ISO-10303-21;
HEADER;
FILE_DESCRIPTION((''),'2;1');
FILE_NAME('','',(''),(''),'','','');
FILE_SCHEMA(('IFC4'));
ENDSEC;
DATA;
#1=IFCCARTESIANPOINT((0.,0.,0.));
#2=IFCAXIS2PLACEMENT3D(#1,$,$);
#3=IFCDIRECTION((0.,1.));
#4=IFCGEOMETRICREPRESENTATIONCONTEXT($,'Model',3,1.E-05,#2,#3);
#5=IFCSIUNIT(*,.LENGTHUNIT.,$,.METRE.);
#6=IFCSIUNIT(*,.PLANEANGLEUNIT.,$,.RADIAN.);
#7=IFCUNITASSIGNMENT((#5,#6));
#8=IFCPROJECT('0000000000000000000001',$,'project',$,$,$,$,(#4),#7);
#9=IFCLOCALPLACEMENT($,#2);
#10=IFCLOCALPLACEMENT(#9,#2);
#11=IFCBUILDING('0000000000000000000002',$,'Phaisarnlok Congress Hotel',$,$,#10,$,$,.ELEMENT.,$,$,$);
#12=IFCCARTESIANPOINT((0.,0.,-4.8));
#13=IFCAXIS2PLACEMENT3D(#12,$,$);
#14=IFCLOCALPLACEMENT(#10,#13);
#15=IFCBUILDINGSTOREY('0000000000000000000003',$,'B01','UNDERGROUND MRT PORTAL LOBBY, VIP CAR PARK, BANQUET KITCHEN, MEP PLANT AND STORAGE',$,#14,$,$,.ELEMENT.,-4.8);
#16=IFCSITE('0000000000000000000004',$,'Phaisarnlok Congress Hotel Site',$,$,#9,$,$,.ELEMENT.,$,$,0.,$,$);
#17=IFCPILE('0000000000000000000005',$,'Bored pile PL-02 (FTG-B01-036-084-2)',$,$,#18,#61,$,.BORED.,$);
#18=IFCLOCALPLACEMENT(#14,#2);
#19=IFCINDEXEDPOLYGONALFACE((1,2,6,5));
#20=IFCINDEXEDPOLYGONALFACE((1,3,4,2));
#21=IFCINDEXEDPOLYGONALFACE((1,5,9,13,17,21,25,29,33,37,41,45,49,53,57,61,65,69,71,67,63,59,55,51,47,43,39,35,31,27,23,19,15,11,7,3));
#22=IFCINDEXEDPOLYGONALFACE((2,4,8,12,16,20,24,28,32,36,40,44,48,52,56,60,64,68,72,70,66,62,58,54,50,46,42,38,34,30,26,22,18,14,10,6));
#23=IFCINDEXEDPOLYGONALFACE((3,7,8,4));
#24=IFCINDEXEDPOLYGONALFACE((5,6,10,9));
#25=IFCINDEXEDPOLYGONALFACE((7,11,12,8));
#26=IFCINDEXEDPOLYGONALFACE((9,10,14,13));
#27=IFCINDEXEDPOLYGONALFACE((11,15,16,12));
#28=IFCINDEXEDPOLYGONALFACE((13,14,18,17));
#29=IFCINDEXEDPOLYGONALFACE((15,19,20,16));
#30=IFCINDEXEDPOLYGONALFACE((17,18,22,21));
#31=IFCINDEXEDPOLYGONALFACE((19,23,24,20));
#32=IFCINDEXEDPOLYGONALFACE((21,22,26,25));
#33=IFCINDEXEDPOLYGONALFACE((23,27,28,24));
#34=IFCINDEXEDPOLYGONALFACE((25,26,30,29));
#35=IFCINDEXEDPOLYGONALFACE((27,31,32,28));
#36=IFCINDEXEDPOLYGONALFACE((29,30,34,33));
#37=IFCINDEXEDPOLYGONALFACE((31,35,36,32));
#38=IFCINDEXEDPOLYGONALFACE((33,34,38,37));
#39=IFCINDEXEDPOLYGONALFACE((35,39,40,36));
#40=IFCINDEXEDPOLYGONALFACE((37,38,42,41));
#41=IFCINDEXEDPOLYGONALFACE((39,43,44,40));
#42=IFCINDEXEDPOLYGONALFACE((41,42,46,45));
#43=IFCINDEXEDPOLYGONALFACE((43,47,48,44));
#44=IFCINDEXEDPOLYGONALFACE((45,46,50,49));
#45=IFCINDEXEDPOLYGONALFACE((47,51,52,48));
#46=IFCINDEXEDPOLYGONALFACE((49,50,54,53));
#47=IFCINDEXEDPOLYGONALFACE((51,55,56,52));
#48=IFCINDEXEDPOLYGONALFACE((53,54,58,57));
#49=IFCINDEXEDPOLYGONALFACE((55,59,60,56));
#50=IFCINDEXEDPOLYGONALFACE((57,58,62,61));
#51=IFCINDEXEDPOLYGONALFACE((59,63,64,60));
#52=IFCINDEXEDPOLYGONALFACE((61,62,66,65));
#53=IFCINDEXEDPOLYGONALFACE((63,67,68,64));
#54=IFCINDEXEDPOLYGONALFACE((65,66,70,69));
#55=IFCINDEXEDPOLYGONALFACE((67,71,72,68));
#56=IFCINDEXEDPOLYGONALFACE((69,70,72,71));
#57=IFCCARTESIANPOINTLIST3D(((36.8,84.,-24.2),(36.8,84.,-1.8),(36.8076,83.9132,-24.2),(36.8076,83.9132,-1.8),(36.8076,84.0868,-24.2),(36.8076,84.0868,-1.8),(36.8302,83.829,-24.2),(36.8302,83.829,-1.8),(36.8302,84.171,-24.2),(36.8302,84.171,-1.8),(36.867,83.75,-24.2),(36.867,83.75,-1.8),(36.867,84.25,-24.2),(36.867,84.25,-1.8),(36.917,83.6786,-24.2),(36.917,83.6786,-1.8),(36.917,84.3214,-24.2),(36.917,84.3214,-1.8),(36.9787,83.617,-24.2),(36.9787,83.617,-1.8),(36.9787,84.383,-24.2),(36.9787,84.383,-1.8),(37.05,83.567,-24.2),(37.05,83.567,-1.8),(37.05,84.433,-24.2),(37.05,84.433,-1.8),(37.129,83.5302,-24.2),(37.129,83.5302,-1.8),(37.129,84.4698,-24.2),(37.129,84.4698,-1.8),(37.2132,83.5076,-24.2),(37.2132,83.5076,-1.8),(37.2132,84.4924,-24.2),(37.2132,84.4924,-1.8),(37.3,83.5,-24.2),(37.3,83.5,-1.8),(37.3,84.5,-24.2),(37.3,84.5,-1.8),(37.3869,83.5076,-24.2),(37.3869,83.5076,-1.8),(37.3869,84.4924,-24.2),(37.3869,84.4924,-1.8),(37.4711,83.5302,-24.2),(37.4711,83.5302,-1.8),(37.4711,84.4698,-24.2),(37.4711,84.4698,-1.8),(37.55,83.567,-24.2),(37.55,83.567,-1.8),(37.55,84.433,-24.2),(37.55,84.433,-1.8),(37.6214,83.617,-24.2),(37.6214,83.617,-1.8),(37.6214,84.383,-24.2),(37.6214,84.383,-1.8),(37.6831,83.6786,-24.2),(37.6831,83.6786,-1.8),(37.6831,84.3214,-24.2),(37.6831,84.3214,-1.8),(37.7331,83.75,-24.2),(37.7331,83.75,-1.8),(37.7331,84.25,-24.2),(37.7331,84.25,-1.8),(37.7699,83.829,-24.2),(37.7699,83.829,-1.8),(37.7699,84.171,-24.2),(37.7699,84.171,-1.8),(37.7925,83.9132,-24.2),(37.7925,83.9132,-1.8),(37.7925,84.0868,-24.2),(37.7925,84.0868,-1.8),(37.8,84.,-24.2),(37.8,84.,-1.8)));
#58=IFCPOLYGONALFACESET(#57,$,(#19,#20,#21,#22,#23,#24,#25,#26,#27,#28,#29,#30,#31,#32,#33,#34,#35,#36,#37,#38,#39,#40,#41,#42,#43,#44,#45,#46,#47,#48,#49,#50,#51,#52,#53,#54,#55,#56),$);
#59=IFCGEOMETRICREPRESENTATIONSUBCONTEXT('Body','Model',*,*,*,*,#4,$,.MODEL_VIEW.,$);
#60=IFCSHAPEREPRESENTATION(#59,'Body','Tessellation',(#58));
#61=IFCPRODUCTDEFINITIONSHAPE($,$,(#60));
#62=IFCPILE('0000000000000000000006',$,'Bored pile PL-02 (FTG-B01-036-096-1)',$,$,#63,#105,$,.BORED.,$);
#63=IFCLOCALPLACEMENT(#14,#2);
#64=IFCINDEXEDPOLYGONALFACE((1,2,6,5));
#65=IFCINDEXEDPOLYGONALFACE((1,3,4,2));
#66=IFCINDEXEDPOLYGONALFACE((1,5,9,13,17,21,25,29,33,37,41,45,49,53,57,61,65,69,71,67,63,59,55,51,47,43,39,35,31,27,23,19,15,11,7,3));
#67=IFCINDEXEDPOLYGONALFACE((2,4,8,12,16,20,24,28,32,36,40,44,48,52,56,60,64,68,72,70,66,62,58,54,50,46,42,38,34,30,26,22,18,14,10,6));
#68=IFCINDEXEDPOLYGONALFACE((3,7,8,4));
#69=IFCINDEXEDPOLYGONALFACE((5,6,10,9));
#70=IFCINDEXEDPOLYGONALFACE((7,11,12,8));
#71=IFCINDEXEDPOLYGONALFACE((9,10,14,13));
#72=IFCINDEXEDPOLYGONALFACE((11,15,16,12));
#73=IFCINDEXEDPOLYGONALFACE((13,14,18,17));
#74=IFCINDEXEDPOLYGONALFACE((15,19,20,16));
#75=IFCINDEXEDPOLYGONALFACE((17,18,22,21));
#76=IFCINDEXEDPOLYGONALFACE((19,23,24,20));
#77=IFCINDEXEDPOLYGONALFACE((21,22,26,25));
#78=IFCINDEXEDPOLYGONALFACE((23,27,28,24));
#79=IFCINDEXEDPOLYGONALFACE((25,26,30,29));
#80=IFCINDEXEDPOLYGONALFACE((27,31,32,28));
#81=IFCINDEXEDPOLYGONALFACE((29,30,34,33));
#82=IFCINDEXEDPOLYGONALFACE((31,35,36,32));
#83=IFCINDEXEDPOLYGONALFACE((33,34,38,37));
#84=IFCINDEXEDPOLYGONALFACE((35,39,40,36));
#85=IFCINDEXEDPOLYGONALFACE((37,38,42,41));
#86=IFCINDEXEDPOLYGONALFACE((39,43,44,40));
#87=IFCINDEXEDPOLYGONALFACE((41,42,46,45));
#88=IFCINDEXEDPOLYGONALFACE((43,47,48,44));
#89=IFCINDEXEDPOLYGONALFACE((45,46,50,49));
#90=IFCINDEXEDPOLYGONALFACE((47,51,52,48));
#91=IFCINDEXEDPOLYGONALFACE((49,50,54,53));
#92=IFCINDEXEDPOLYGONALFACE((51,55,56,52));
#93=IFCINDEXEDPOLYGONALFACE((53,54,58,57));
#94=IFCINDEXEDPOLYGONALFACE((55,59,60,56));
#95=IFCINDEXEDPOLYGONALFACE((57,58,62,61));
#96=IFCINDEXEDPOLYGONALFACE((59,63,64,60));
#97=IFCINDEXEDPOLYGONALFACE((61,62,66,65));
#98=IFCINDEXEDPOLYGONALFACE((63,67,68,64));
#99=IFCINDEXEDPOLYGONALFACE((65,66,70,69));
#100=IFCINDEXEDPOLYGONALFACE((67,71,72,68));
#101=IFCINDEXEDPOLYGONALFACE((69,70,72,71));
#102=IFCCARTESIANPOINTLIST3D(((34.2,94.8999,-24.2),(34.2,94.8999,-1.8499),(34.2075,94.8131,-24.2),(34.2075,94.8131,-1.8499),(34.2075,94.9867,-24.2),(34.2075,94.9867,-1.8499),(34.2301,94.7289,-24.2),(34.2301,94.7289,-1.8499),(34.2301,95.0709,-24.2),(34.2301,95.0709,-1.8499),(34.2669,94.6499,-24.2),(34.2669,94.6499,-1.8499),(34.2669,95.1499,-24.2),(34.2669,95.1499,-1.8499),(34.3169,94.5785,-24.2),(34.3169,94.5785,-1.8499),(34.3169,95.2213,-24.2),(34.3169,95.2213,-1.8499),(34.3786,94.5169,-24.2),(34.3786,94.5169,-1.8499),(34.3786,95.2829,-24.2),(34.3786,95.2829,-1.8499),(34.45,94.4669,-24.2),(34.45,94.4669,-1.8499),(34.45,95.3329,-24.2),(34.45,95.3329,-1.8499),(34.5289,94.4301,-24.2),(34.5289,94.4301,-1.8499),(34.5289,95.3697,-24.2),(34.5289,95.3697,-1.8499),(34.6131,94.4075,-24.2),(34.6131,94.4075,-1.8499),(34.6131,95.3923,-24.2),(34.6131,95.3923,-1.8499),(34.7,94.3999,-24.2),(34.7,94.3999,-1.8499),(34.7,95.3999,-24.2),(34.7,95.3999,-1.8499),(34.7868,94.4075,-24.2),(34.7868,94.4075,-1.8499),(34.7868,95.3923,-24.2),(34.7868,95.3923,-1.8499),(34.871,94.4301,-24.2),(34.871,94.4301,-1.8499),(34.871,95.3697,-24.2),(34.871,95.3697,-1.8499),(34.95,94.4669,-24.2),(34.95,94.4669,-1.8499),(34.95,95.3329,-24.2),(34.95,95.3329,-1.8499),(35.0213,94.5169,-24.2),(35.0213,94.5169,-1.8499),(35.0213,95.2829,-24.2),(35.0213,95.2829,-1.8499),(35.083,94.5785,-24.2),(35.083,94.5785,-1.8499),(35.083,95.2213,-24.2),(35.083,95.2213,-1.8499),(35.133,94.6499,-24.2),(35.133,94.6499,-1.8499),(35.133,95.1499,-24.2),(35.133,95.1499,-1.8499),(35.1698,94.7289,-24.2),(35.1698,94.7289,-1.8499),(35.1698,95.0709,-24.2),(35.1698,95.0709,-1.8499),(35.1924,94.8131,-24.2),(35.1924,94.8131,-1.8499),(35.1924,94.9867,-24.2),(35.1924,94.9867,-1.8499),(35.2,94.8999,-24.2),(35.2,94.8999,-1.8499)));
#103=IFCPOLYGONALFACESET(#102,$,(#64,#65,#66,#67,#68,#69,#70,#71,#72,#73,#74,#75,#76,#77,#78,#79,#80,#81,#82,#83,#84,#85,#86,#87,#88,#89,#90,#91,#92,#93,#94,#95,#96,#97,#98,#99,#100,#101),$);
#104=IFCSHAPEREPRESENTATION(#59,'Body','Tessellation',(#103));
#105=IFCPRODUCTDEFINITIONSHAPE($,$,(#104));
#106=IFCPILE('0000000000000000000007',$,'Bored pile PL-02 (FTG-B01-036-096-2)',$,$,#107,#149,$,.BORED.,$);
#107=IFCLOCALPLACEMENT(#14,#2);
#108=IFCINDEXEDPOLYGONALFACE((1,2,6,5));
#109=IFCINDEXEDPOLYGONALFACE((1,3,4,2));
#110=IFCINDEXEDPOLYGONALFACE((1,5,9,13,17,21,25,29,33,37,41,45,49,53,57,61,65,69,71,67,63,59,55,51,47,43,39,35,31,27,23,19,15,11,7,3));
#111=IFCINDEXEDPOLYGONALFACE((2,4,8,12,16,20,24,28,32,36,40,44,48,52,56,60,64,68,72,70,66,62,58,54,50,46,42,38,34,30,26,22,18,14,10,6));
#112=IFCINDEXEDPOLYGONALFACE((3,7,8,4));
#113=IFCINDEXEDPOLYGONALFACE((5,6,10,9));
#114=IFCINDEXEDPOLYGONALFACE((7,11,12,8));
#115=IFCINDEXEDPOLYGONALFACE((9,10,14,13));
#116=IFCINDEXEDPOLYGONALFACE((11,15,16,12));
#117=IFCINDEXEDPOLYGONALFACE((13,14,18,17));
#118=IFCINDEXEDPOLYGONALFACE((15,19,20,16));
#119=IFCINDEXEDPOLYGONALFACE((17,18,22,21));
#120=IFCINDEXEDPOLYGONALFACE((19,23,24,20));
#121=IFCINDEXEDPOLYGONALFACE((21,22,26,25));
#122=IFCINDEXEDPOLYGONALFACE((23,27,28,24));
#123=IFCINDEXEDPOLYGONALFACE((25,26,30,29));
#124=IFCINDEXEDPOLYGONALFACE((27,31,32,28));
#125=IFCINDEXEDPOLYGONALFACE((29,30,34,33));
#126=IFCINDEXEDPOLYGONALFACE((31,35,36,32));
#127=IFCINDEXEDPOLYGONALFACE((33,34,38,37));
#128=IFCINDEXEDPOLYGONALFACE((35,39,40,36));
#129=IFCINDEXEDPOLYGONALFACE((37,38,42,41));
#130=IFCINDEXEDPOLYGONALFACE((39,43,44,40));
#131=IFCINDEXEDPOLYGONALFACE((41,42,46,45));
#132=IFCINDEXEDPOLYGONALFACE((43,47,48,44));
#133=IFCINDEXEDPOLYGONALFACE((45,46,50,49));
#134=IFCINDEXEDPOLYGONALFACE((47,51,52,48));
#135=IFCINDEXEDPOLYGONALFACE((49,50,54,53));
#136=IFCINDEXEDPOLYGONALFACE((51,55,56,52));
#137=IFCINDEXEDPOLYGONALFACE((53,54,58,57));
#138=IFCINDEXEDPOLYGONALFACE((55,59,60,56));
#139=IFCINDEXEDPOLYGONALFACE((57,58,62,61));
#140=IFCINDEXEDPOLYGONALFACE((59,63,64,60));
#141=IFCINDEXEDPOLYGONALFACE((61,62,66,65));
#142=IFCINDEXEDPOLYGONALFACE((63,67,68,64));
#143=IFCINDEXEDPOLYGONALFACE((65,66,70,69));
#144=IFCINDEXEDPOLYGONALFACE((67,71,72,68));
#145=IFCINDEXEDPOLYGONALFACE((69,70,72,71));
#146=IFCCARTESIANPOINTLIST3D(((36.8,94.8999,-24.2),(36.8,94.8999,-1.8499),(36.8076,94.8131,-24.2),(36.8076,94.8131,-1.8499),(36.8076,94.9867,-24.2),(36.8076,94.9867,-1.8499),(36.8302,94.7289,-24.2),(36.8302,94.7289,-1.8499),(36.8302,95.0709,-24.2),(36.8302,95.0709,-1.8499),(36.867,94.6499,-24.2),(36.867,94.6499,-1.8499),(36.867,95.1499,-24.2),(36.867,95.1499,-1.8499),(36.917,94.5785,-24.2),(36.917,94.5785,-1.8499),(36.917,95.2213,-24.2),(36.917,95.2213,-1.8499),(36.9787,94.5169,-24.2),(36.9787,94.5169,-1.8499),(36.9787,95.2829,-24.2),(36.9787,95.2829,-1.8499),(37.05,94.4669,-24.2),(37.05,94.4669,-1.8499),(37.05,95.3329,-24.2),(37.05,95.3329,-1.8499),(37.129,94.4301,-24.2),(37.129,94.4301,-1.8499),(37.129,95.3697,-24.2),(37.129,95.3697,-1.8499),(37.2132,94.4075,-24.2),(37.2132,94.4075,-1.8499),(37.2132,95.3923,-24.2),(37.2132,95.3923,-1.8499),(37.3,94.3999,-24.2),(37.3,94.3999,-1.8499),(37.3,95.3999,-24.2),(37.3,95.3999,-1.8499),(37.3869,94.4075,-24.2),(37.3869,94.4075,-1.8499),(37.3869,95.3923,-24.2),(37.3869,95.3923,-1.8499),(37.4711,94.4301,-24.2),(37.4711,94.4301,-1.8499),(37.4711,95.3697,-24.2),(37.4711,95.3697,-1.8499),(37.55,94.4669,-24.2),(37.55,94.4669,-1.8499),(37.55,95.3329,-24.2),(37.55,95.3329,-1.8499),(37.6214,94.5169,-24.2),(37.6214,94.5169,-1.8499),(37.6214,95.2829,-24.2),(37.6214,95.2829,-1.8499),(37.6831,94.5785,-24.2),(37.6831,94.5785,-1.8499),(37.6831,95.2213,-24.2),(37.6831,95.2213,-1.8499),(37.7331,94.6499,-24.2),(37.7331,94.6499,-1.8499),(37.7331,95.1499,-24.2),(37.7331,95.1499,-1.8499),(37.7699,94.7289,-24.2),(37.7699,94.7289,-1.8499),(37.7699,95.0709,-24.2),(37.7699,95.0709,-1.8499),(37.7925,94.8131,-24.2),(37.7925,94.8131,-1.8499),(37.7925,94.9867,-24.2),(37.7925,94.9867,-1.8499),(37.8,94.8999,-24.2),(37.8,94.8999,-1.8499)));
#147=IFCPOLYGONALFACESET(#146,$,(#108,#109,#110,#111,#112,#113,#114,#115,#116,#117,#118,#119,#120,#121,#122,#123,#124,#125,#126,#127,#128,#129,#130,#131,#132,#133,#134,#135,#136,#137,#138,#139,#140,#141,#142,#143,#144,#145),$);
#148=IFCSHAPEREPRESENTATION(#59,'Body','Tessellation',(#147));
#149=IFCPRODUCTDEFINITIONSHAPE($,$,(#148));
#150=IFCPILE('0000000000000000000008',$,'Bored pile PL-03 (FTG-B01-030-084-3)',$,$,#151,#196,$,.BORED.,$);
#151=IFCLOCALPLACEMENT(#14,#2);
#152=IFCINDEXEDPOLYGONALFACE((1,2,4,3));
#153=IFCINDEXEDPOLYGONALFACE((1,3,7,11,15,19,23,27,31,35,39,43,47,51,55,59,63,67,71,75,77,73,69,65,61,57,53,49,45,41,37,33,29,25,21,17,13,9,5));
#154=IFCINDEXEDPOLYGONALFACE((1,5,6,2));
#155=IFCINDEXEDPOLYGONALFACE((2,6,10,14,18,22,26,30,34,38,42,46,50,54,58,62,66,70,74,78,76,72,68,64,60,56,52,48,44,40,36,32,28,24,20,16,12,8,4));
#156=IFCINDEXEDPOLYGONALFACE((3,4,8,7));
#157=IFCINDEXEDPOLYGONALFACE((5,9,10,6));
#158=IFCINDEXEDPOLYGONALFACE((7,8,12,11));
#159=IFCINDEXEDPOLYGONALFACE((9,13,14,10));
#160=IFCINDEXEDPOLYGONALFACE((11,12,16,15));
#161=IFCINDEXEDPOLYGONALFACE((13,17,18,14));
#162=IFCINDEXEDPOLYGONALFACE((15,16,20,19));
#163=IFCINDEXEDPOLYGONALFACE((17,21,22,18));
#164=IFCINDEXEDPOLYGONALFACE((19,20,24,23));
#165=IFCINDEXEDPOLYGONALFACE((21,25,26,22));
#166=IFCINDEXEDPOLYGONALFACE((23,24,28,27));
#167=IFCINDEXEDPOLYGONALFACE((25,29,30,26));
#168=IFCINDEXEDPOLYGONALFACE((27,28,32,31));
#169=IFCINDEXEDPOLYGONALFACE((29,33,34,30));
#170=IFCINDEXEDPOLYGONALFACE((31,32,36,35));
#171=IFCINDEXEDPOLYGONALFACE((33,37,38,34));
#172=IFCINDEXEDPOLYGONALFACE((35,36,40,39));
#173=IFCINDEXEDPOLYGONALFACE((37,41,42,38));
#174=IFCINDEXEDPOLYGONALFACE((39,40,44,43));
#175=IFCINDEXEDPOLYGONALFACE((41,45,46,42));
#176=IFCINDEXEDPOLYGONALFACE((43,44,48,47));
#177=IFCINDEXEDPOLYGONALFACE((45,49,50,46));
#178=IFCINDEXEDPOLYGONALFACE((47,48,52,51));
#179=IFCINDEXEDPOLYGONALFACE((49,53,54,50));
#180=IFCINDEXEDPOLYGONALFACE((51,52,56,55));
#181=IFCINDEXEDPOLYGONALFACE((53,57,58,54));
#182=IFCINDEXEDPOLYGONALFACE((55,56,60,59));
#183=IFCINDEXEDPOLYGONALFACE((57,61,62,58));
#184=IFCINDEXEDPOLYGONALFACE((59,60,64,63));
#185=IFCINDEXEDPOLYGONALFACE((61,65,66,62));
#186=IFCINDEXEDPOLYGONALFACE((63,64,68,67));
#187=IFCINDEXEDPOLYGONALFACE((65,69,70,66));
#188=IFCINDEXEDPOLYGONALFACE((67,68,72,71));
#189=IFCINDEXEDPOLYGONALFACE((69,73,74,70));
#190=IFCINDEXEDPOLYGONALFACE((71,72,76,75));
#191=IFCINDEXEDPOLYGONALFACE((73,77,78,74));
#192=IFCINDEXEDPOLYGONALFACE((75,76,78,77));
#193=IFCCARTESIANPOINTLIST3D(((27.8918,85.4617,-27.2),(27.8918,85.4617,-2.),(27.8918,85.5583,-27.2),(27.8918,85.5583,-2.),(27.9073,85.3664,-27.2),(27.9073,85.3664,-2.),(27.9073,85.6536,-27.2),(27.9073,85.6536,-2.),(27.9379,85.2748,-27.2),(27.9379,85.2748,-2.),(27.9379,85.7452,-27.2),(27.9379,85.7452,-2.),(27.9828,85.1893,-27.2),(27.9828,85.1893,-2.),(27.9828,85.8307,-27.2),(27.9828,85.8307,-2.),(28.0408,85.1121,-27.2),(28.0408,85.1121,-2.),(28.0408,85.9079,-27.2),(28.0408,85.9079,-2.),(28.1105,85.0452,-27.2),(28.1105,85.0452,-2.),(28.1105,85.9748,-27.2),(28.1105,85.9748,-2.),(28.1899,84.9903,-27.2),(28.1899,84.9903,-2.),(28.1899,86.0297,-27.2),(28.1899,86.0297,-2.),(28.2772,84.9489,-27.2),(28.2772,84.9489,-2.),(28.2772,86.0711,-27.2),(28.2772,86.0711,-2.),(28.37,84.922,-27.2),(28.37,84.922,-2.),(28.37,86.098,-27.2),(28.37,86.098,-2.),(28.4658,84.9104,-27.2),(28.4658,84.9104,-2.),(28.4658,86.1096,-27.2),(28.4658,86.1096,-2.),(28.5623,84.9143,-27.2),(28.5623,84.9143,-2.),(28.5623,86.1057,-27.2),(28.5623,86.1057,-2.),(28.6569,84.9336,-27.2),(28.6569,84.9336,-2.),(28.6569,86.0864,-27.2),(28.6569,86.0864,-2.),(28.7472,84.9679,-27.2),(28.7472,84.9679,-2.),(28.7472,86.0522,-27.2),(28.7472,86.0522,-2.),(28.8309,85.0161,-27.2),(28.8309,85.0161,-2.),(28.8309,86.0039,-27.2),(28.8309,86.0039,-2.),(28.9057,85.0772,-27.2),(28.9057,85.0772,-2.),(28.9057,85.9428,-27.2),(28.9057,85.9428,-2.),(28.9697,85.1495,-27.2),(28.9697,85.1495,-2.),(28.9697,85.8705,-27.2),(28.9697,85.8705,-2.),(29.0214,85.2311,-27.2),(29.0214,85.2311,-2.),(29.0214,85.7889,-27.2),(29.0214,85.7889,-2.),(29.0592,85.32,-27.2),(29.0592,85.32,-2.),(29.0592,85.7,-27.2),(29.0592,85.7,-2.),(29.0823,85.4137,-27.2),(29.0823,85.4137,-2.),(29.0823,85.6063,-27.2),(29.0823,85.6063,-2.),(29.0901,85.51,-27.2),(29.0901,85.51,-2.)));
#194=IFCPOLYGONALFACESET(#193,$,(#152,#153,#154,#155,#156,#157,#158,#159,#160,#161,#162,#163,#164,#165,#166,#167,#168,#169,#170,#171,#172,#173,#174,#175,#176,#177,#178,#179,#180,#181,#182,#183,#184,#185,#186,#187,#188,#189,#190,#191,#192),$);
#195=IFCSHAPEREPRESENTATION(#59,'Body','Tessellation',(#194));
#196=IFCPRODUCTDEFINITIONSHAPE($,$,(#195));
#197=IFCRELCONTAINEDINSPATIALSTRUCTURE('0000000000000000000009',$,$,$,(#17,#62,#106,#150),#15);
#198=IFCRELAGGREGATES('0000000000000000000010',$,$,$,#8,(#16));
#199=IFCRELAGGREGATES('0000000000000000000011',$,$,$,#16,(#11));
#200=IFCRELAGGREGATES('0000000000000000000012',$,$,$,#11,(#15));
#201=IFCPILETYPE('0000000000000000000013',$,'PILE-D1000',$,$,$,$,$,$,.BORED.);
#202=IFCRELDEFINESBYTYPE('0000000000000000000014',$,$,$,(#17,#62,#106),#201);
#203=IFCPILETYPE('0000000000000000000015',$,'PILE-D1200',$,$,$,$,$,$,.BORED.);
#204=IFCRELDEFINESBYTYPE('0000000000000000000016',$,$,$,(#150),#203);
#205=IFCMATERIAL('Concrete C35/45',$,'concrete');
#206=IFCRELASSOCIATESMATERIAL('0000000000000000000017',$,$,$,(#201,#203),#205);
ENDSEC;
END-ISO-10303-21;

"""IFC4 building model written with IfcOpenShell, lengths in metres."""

from ifc_helpers import new_model, si_unit, direction, frame, origin, origin_2d, place, context, subcontext, project, spatial, circle, extrude, material, material_profile, profile_set, type_object, element, save


model = new_model("IFC4")

# Units and contexts
model_context = context("Model", 3, precision=1e-05, world=origin(), true_north=direction((0.0, 1.0)))
body_context = subcontext(model_context, "Body", "Model", "MODEL_VIEW")
ifc_project = project(units=[si_unit("LENGTHUNIT", "METRE"), si_unit("PLANEANGLEUNIT", "RADIAN")], contexts=[model_context])

# Site, building, storey
site_placement = place(None, origin())
site = spatial("IfcSite", under=ifc_project, at=site_placement, Name="Phaisarnlok Congress Hotel Site", CompositionType="ELEMENT", RefElevation=0.0)
building_placement = place(site_placement, origin())
building = spatial("IfcBuilding", under=site, at=building_placement, Name="Phaisarnlok Congress Hotel", CompositionType="ELEMENT")
storey_placement = place(building_placement, frame((0.0, 0.0, -4.8)))
storey = spatial("IfcBuildingStorey", under=building, at=storey_placement, Name="B01", Description="UNDERGROUND MRT PORTAL LOBBY, VIP CAR PARK, BANQUET KITCHEN, MEP PLANT AND STORAGE", CompositionType="ELEMENT", Elevation=-4.8)

# Piles
ifc_material_1 = material(Name="Concrete C35/45", Category="concrete")
ifc_material_profile_1 = material_profile(ifc_material_1, circle(Radius=0.5, at=origin_2d()), Name="BORED PILE D1000")
ifc_profile_set_1 = profile_set([ifc_material_profile_1], Name="Concrete C35/45")
pile_type_1 = type_object("IfcPileType", Name="PILE-D1000", PredefinedType="BORED", material=ifc_profile_set_1)
for number, where, z_axis, x_axis, name in (
    (1, (37.3, 84.0, -1.8), (0.0, 0.0, -1.0), (1.0, 0.0, 0.0), "Bored pile PL-02 (FTG-B01-036-084-2)"),
):
    element("IfcPile", number, at=place(storey_placement, frame(where, z_axis=z_axis, x_axis=x_axis)), inside=storey, type_object=pile_type_1, Name=name, PredefinedType="BORED", context=body_context, shape_type="SweptSolid", body=[
        extrude(circle(Radius=0.5, at=origin_2d()), origin(), (0.0, 0.0, 1.0), 22.3999),
    ])
for number, where, z_axis, x_axis, name in (
    (2, (34.7, 94.8999, -1.8499), (0.0, 0.0, -1.0), (1.0, 0.0, 0.0), "Bored pile PL-02 (FTG-B01-036-096-1)"),
    (3, (37.3, 94.8999, -1.8499), (0.0, 0.0, -1.0), (1.0, 0.0, 0.0), "Bored pile PL-02 (FTG-B01-036-096-2)"),
):
    element("IfcPile", number, at=place(storey_placement, frame(where, z_axis=z_axis, x_axis=x_axis)), inside=storey, type_object=pile_type_1, Name=name, PredefinedType="BORED", context=body_context, shape_type="SweptSolid", body=[
        extrude(circle(Radius=0.5, at=origin_2d()), origin(), (0.0, 0.0, 1.0), 22.3501),
    ])
ifc_material_profile_2 = material_profile(ifc_material_1, circle(Radius=0.6001, at=origin_2d()), Name="BORED PILE D1200")
ifc_profile_set_2 = profile_set([ifc_material_profile_2], Name="Concrete C35/45")
pile_type_2 = type_object("IfcPileType", Name="PILE-D1200", PredefinedType="BORED", material=ifc_profile_set_2)
for number, where, z_axis, x_axis, name in (
    (4, (28.49, 85.51, -2.0), (0.0, 0.0, -1.0), (1.0, 0.0, 0.0), "Bored pile PL-03 (FTG-B01-030-084-3)"),
):
    element("IfcPile", number, at=place(storey_placement, frame(where, z_axis=z_axis, x_axis=x_axis)), inside=storey, type_object=pile_type_2, Name=name, PredefinedType="BORED", context=body_context, shape_type="SweptSolid", body=[
        extrude(circle(Radius=0.6001, at=origin_2d()), origin(), (0.0, 0.0, 1.0), 25.2),
    ])

save(model, "model.ifc")
